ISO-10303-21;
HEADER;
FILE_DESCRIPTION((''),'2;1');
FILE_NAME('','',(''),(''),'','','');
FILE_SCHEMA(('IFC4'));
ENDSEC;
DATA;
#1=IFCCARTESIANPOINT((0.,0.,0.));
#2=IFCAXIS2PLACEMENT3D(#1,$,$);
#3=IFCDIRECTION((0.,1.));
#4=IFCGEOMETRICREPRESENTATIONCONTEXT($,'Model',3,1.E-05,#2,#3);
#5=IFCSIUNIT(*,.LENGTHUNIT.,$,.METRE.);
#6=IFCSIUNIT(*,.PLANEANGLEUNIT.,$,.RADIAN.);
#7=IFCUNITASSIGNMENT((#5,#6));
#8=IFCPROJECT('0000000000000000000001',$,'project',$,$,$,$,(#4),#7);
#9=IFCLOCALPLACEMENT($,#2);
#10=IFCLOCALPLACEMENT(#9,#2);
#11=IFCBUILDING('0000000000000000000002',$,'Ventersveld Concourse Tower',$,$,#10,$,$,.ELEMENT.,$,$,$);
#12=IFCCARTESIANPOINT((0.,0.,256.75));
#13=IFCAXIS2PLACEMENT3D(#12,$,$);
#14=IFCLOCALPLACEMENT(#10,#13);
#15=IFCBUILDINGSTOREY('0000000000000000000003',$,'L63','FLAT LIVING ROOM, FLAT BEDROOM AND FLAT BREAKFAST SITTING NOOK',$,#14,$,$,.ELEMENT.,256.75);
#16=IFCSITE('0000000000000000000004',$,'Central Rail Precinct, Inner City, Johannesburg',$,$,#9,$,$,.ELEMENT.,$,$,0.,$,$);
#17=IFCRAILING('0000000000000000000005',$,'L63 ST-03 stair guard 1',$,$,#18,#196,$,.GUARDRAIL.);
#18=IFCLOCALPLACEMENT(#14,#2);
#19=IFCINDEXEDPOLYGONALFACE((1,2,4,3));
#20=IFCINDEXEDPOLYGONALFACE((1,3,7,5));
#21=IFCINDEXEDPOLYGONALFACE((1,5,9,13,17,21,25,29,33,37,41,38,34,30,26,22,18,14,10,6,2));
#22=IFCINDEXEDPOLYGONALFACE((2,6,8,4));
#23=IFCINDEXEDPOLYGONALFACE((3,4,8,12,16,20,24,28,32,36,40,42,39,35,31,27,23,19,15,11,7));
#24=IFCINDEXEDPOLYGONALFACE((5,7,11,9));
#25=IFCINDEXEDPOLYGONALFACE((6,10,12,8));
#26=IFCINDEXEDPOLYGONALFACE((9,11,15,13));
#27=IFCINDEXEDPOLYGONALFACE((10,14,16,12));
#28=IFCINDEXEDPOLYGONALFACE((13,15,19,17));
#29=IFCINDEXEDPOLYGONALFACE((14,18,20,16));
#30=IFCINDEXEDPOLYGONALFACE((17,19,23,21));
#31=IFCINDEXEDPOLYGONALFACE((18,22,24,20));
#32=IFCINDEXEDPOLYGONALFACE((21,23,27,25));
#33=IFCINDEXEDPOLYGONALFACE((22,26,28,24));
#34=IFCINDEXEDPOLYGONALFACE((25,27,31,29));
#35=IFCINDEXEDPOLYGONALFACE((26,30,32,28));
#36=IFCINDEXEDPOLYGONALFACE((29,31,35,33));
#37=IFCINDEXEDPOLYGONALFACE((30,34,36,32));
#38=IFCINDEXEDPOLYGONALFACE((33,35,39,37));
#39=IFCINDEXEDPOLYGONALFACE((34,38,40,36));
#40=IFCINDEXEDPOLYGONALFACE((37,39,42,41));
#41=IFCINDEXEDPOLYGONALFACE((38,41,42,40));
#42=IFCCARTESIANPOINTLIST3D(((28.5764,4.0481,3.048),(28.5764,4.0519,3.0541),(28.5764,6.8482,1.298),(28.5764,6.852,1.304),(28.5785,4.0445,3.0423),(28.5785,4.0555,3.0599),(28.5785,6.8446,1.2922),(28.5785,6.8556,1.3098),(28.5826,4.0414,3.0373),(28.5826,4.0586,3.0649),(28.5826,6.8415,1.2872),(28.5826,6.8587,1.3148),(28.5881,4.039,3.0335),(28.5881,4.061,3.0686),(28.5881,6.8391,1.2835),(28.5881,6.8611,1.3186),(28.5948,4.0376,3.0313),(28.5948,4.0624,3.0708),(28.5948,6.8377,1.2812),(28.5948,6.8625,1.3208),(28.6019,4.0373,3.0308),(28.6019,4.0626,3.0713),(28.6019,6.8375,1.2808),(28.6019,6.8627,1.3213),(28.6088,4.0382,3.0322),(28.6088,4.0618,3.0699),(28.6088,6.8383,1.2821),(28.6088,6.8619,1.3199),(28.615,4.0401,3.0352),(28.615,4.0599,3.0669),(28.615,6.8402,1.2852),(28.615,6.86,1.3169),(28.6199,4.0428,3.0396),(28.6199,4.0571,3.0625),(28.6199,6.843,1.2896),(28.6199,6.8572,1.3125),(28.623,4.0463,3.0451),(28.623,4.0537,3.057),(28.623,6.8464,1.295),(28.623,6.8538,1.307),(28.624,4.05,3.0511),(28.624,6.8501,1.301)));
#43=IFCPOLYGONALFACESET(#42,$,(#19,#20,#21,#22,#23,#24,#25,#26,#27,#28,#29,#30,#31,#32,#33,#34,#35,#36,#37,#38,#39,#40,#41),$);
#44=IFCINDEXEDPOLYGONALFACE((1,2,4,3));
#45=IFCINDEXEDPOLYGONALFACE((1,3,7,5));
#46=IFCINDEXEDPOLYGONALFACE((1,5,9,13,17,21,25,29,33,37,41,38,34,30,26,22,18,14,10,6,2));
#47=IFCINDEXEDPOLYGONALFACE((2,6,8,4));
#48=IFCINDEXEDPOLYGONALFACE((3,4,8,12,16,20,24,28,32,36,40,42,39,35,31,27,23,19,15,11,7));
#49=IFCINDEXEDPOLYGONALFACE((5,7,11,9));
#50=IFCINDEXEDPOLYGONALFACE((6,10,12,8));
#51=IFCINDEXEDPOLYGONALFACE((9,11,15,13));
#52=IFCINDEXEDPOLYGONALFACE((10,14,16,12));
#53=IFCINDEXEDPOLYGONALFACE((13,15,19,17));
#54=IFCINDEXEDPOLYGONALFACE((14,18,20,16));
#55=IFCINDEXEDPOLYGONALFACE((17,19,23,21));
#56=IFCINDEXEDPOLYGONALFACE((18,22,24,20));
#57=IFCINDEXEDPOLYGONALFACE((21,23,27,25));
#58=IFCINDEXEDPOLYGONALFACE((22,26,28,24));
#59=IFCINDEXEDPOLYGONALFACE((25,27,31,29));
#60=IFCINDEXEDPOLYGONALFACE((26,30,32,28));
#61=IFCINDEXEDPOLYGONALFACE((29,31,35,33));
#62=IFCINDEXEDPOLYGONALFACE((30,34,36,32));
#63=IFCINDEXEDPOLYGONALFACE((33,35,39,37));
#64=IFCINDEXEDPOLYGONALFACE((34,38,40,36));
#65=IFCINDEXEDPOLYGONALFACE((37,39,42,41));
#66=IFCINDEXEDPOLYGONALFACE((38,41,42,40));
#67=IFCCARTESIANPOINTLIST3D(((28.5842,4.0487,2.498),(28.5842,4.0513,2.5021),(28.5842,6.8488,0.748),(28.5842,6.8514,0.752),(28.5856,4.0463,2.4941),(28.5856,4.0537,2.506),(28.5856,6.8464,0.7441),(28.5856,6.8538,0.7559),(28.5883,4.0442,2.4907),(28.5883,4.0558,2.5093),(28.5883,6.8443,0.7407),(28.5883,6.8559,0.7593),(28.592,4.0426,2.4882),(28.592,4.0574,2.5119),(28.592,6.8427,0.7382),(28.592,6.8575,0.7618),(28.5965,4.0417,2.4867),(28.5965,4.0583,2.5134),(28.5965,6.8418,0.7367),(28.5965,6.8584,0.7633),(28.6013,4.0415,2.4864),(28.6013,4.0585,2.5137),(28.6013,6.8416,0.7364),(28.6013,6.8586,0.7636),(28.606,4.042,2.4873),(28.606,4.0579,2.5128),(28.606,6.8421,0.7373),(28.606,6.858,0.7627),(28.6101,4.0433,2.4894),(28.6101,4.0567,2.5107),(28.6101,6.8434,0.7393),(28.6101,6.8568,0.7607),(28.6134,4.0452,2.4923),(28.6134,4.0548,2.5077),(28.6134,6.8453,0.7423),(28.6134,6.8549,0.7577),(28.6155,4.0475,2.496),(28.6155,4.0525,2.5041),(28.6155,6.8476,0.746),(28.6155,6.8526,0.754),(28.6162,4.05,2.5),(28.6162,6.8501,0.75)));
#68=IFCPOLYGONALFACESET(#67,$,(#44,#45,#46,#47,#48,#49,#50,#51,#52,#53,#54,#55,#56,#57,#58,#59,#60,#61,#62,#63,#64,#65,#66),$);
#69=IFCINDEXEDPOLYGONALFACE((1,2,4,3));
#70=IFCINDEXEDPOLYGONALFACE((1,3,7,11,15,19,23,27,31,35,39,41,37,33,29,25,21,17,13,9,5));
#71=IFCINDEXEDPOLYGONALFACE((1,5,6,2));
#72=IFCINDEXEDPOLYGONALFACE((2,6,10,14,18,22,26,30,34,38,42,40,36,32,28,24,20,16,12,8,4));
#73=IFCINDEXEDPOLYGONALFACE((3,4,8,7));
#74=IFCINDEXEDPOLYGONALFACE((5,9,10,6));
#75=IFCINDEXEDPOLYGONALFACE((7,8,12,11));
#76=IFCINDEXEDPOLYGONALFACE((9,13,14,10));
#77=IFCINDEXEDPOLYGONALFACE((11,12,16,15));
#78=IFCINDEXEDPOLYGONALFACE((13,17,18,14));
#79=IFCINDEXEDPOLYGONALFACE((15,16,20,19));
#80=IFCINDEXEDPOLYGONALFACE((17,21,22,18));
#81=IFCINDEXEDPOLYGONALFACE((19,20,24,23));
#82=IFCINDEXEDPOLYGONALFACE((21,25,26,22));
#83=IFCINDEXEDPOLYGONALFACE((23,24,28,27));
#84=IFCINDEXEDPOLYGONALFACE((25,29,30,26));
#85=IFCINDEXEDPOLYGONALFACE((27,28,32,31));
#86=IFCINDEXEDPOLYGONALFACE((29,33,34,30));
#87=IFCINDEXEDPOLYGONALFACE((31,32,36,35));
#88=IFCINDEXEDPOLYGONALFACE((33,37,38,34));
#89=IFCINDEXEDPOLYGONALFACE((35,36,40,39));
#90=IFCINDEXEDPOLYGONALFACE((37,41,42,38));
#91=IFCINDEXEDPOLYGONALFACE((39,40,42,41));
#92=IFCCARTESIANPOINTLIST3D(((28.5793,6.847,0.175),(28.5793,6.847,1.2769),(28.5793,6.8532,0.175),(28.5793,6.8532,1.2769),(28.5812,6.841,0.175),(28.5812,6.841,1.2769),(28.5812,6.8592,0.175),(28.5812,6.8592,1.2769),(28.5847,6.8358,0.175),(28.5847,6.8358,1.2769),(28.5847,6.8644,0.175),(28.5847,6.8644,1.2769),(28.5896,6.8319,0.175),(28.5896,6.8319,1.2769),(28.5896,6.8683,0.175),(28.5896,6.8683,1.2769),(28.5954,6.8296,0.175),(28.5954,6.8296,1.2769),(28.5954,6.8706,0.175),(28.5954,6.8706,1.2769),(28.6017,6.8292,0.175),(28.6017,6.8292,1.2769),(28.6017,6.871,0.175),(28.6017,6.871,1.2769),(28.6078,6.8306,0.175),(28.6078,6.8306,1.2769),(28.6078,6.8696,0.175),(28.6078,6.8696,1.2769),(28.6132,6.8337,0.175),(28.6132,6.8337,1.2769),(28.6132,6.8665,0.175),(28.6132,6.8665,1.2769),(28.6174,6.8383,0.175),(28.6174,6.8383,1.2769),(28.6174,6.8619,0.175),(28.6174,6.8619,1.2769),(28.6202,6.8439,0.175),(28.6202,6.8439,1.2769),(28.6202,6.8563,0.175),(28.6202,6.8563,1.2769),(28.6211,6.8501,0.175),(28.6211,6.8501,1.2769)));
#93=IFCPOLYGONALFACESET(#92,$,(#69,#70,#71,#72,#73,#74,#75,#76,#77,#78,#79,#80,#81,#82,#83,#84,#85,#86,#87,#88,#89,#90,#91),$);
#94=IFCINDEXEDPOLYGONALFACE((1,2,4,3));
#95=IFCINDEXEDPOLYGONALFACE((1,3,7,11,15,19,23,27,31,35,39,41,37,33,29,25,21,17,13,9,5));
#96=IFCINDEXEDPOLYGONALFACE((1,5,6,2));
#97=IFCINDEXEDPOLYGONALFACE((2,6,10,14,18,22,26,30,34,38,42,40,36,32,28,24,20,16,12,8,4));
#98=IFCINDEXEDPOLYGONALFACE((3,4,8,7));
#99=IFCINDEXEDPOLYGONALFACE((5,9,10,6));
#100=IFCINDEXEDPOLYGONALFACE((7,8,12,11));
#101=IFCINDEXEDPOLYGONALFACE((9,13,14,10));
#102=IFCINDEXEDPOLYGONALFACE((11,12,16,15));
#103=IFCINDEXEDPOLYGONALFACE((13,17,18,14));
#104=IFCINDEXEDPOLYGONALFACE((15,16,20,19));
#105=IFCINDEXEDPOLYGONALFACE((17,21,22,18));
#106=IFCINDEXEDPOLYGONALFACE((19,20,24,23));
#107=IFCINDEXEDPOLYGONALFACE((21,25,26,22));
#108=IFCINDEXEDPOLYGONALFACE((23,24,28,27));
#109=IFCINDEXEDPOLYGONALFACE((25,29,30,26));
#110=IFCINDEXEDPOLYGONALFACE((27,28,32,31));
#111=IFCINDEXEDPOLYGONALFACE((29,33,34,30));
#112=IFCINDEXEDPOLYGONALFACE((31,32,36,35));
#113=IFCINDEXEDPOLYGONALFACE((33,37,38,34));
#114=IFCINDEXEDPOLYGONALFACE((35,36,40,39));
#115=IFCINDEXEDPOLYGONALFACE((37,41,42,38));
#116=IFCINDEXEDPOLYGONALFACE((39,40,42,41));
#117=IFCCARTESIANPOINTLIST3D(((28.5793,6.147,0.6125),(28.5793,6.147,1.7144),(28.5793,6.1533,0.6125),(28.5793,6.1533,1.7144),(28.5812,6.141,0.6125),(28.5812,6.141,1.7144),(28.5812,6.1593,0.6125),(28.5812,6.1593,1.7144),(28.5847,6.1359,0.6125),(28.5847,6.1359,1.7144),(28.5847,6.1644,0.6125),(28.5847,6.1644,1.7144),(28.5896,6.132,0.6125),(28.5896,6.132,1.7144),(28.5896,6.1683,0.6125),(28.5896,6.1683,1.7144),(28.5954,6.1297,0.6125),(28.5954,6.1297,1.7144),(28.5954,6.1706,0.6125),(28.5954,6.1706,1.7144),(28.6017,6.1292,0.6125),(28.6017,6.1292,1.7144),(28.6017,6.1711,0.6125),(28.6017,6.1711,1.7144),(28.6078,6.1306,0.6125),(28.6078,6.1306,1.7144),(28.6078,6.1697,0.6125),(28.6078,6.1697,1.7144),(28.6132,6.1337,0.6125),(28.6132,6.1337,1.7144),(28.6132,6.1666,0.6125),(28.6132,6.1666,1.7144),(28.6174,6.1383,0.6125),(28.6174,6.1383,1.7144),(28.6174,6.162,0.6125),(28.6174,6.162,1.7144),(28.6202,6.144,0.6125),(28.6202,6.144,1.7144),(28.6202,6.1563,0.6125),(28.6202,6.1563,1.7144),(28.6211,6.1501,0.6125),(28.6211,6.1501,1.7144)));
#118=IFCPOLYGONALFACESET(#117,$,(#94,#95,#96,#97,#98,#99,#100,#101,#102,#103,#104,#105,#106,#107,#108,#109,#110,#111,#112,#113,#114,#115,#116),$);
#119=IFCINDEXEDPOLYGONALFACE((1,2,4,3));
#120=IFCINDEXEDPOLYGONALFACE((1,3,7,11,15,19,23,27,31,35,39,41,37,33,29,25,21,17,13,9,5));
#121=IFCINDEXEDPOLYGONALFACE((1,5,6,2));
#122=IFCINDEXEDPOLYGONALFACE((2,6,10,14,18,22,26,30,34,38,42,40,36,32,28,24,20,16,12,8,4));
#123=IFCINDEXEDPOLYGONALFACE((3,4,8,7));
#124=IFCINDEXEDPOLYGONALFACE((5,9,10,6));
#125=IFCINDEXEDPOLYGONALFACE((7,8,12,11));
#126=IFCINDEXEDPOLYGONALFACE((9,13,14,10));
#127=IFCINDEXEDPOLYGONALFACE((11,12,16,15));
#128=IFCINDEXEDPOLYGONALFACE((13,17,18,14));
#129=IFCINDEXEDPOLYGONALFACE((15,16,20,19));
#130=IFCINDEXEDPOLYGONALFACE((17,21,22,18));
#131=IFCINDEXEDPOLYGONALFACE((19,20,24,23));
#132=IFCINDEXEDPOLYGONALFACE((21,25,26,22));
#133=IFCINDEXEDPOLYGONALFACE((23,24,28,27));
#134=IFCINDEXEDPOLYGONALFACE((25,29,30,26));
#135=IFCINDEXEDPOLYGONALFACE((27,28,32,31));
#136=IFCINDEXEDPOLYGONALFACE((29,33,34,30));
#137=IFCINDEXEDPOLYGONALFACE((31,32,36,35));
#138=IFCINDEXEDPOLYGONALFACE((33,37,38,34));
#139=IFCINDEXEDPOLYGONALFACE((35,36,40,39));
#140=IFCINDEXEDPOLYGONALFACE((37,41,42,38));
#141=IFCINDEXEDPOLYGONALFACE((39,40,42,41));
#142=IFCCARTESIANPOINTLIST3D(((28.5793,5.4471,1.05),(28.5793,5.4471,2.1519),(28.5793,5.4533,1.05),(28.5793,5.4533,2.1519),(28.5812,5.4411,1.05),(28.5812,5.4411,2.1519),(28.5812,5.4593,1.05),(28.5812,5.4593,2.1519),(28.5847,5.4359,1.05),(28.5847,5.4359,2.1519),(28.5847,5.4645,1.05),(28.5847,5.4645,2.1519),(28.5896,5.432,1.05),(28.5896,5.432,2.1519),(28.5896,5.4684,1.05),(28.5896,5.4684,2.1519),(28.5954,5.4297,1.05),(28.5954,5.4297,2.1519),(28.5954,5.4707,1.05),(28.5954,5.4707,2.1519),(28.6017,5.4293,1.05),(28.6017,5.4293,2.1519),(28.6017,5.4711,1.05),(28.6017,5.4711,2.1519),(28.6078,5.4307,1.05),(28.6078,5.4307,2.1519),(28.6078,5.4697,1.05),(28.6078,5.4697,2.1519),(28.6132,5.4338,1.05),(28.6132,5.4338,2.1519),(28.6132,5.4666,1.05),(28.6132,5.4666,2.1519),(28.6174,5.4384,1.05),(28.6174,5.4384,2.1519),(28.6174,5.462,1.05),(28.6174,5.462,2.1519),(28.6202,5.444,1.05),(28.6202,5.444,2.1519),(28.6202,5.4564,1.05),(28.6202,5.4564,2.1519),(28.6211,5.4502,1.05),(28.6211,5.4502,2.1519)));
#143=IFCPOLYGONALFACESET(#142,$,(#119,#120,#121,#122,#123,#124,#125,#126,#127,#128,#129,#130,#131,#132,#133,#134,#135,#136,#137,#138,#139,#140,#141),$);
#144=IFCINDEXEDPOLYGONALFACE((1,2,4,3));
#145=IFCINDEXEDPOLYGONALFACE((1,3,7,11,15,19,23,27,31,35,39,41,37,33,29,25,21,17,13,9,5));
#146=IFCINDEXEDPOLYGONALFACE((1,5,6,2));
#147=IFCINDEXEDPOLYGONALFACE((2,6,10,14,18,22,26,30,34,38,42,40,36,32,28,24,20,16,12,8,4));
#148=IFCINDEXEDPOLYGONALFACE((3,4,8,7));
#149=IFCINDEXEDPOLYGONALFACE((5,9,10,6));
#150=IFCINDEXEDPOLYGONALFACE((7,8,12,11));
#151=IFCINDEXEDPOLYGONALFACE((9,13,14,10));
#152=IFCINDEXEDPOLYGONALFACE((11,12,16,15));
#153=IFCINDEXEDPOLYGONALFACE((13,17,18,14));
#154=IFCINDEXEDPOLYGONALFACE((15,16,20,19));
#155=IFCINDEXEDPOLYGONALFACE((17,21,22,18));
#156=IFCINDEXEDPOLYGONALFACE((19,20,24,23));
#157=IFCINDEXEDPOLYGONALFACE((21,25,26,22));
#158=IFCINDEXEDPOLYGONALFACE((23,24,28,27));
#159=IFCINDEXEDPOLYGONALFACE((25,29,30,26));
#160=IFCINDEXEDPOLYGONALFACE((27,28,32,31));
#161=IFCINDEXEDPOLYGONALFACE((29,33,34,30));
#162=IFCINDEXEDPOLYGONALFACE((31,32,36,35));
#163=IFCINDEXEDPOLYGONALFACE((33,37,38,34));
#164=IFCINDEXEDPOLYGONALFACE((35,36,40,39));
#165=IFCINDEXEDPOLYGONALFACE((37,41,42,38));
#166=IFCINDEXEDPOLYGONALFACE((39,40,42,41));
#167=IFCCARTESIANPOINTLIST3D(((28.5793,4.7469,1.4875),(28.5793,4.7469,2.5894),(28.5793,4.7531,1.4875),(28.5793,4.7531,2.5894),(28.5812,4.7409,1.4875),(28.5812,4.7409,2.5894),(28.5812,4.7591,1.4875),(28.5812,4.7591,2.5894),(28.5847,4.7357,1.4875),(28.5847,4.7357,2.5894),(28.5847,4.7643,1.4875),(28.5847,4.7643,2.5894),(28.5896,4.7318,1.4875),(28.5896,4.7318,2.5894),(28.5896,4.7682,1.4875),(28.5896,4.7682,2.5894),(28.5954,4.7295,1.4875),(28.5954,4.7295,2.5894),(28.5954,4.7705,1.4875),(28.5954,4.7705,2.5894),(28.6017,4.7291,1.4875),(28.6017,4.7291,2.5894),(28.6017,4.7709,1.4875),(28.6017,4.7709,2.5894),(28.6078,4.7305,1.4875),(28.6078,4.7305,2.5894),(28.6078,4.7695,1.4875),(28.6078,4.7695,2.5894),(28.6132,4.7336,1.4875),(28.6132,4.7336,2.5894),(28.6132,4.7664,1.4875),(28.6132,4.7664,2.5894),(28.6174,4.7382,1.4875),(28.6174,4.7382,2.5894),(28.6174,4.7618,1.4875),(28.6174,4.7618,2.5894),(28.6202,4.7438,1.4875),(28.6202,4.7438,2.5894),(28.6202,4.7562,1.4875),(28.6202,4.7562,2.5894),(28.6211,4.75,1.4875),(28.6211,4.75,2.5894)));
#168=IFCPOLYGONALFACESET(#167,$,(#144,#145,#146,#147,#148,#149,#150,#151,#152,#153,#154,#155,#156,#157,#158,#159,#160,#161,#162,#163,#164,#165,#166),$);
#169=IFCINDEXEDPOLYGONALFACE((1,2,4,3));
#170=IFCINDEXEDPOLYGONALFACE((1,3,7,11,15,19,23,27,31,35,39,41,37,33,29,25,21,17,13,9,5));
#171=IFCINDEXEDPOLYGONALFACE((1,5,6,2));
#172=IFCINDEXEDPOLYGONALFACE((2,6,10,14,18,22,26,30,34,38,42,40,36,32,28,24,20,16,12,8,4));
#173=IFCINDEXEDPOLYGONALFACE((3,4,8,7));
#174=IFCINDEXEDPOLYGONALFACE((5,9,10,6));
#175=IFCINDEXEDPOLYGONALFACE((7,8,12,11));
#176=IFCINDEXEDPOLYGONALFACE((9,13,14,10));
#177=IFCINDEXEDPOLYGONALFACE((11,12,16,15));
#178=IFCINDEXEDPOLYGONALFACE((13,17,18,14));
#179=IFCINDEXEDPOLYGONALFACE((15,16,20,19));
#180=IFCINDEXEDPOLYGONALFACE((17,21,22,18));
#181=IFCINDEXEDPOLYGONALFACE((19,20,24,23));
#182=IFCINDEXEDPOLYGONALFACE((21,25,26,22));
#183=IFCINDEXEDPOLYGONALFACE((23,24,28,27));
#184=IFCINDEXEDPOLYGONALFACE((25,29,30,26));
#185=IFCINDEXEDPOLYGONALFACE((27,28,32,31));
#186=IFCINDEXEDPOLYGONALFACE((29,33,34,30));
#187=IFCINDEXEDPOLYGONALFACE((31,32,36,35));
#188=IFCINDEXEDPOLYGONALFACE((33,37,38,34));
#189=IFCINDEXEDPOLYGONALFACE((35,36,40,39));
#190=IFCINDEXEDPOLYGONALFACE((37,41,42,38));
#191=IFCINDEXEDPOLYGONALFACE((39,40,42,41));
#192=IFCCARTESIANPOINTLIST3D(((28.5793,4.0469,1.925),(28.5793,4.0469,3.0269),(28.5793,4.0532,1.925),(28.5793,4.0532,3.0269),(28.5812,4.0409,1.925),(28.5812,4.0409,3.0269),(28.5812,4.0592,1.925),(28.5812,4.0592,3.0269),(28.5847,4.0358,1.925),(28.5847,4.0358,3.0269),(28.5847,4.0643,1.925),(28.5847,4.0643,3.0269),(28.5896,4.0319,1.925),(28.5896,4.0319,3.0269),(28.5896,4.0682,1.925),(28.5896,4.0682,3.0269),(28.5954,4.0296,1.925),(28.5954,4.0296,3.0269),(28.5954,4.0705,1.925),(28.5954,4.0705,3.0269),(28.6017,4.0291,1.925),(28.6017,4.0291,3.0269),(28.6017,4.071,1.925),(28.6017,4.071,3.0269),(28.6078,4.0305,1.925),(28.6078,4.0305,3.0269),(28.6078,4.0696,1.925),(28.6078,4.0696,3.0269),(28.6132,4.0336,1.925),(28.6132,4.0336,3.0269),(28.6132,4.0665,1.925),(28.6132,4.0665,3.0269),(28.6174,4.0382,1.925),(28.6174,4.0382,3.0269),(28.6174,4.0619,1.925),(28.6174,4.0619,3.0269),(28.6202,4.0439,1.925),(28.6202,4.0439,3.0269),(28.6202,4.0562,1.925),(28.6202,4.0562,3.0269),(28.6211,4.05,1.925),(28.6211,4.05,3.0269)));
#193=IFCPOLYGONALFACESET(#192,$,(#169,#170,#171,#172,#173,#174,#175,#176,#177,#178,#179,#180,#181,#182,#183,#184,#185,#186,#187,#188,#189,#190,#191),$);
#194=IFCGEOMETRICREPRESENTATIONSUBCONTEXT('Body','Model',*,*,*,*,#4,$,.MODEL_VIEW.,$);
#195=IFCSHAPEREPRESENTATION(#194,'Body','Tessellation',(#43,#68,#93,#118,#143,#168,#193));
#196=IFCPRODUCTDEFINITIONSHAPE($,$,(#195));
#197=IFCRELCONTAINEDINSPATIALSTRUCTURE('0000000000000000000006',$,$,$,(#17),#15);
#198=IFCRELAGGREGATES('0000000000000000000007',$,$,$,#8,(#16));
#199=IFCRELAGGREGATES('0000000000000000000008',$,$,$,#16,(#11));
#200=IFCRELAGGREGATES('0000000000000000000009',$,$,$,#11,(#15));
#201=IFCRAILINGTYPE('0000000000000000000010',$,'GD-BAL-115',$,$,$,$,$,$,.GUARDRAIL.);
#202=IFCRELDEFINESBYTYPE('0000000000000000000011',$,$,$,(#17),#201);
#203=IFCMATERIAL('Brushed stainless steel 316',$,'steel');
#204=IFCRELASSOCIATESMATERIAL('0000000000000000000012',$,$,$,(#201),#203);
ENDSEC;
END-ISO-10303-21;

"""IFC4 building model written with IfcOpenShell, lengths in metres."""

from ifc_helpers import new_model, si_unit, direction, frame, origin, origin_2d, place, context, subcontext, project, spatial, circle, extrude, material, type_object, element, save


model = new_model("IFC4")

# Units and contexts
model_context = context("Model", 3, precision=1e-05, world=origin(), true_north=direction((0.0, 1.0)))
body_context = subcontext(model_context, "Body", "Model", "MODEL_VIEW")
ifc_project = project(units=[si_unit("LENGTHUNIT", "METRE"), si_unit("PLANEANGLEUNIT", "RADIAN")], contexts=[model_context])

# Site, building, storey
site_placement = place(None, origin())
site = spatial("IfcSite", under=ifc_project, at=site_placement, Name="Central Rail Precinct, Inner City, Johannesburg", CompositionType="ELEMENT", RefElevation=0.0)
building_placement = place(site_placement, origin())
building = spatial("IfcBuilding", under=site, at=building_placement, Name="Ventersveld Concourse Tower", CompositionType="ELEMENT")
storey_placement = place(building_placement, frame((0.0, 0.0, 256.75)))
storey = spatial("IfcBuildingStorey", under=building, at=storey_placement, Name="L63", Description="FLAT LIVING ROOM, FLAT BEDROOM AND FLAT BREAKFAST SITTING NOOK", CompositionType="ELEMENT", Elevation=256.75)

# Shared definitions
ifc_material_1 = material(Name="Brushed stainless steel 316", Category="steel")

# Railing
railing_type_1 = type_object("IfcRailingType", Name="GD-BAL-115", PredefinedType="GUARDRAIL", material=ifc_material_1)
railing_1_placement = place(storey_placement, frame((28.6001, 6.8501, 0.175)))
element("IfcRailing", 1, at=railing_1_placement, inside=storey, type_object=railing_type_1, Name="L63 ST-03 stair guard 1", PredefinedType="GUARDRAIL", context=body_context, shape_type="SweptSolid", body=[
    extrude(circle(Radius=0.0239, at=origin_2d()), frame((0.0, 0.0, 1.126), z_axis=(0.0, -0.848002, 0.529992), x_axis=(1.0, 0.0, 0.0)), (0.0, 0.0, 1.0), 3.302),
    extrude(circle(Radius=0.0161, at=origin_2d()), frame((0.0, 0.0, 0.575), z_axis=(0.0, -0.848002, 0.529992), x_axis=(1.0, 0.0, 0.0)), (0.0, 0.0, 1.0), 3.302),
    extrude(circle(Radius=0.021, at=origin_2d()), origin(), (0.0, 0.0, 1.0), 1.1018),
    extrude(circle(Radius=0.021, at=origin_2d()), frame((0.0, -0.7, 0.4375)), (0.0, 0.0, 1.0), 1.1018),
    extrude(circle(Radius=0.021, at=origin_2d()), frame((0.0, -1.3999, 0.875)), (0.0, 0.0, 1.0), 1.1018),
    extrude(circle(Radius=0.021, at=origin_2d()), frame((0.0, -2.1001, 1.3125)), (0.0, 0.0, 1.0), 1.1018),
    extrude(circle(Radius=0.021, at=origin_2d()), frame((0.0, -2.8, 1.75)), (0.0, 0.0, 1.0), 1.1018),
])

save(model, "model.ifc")
